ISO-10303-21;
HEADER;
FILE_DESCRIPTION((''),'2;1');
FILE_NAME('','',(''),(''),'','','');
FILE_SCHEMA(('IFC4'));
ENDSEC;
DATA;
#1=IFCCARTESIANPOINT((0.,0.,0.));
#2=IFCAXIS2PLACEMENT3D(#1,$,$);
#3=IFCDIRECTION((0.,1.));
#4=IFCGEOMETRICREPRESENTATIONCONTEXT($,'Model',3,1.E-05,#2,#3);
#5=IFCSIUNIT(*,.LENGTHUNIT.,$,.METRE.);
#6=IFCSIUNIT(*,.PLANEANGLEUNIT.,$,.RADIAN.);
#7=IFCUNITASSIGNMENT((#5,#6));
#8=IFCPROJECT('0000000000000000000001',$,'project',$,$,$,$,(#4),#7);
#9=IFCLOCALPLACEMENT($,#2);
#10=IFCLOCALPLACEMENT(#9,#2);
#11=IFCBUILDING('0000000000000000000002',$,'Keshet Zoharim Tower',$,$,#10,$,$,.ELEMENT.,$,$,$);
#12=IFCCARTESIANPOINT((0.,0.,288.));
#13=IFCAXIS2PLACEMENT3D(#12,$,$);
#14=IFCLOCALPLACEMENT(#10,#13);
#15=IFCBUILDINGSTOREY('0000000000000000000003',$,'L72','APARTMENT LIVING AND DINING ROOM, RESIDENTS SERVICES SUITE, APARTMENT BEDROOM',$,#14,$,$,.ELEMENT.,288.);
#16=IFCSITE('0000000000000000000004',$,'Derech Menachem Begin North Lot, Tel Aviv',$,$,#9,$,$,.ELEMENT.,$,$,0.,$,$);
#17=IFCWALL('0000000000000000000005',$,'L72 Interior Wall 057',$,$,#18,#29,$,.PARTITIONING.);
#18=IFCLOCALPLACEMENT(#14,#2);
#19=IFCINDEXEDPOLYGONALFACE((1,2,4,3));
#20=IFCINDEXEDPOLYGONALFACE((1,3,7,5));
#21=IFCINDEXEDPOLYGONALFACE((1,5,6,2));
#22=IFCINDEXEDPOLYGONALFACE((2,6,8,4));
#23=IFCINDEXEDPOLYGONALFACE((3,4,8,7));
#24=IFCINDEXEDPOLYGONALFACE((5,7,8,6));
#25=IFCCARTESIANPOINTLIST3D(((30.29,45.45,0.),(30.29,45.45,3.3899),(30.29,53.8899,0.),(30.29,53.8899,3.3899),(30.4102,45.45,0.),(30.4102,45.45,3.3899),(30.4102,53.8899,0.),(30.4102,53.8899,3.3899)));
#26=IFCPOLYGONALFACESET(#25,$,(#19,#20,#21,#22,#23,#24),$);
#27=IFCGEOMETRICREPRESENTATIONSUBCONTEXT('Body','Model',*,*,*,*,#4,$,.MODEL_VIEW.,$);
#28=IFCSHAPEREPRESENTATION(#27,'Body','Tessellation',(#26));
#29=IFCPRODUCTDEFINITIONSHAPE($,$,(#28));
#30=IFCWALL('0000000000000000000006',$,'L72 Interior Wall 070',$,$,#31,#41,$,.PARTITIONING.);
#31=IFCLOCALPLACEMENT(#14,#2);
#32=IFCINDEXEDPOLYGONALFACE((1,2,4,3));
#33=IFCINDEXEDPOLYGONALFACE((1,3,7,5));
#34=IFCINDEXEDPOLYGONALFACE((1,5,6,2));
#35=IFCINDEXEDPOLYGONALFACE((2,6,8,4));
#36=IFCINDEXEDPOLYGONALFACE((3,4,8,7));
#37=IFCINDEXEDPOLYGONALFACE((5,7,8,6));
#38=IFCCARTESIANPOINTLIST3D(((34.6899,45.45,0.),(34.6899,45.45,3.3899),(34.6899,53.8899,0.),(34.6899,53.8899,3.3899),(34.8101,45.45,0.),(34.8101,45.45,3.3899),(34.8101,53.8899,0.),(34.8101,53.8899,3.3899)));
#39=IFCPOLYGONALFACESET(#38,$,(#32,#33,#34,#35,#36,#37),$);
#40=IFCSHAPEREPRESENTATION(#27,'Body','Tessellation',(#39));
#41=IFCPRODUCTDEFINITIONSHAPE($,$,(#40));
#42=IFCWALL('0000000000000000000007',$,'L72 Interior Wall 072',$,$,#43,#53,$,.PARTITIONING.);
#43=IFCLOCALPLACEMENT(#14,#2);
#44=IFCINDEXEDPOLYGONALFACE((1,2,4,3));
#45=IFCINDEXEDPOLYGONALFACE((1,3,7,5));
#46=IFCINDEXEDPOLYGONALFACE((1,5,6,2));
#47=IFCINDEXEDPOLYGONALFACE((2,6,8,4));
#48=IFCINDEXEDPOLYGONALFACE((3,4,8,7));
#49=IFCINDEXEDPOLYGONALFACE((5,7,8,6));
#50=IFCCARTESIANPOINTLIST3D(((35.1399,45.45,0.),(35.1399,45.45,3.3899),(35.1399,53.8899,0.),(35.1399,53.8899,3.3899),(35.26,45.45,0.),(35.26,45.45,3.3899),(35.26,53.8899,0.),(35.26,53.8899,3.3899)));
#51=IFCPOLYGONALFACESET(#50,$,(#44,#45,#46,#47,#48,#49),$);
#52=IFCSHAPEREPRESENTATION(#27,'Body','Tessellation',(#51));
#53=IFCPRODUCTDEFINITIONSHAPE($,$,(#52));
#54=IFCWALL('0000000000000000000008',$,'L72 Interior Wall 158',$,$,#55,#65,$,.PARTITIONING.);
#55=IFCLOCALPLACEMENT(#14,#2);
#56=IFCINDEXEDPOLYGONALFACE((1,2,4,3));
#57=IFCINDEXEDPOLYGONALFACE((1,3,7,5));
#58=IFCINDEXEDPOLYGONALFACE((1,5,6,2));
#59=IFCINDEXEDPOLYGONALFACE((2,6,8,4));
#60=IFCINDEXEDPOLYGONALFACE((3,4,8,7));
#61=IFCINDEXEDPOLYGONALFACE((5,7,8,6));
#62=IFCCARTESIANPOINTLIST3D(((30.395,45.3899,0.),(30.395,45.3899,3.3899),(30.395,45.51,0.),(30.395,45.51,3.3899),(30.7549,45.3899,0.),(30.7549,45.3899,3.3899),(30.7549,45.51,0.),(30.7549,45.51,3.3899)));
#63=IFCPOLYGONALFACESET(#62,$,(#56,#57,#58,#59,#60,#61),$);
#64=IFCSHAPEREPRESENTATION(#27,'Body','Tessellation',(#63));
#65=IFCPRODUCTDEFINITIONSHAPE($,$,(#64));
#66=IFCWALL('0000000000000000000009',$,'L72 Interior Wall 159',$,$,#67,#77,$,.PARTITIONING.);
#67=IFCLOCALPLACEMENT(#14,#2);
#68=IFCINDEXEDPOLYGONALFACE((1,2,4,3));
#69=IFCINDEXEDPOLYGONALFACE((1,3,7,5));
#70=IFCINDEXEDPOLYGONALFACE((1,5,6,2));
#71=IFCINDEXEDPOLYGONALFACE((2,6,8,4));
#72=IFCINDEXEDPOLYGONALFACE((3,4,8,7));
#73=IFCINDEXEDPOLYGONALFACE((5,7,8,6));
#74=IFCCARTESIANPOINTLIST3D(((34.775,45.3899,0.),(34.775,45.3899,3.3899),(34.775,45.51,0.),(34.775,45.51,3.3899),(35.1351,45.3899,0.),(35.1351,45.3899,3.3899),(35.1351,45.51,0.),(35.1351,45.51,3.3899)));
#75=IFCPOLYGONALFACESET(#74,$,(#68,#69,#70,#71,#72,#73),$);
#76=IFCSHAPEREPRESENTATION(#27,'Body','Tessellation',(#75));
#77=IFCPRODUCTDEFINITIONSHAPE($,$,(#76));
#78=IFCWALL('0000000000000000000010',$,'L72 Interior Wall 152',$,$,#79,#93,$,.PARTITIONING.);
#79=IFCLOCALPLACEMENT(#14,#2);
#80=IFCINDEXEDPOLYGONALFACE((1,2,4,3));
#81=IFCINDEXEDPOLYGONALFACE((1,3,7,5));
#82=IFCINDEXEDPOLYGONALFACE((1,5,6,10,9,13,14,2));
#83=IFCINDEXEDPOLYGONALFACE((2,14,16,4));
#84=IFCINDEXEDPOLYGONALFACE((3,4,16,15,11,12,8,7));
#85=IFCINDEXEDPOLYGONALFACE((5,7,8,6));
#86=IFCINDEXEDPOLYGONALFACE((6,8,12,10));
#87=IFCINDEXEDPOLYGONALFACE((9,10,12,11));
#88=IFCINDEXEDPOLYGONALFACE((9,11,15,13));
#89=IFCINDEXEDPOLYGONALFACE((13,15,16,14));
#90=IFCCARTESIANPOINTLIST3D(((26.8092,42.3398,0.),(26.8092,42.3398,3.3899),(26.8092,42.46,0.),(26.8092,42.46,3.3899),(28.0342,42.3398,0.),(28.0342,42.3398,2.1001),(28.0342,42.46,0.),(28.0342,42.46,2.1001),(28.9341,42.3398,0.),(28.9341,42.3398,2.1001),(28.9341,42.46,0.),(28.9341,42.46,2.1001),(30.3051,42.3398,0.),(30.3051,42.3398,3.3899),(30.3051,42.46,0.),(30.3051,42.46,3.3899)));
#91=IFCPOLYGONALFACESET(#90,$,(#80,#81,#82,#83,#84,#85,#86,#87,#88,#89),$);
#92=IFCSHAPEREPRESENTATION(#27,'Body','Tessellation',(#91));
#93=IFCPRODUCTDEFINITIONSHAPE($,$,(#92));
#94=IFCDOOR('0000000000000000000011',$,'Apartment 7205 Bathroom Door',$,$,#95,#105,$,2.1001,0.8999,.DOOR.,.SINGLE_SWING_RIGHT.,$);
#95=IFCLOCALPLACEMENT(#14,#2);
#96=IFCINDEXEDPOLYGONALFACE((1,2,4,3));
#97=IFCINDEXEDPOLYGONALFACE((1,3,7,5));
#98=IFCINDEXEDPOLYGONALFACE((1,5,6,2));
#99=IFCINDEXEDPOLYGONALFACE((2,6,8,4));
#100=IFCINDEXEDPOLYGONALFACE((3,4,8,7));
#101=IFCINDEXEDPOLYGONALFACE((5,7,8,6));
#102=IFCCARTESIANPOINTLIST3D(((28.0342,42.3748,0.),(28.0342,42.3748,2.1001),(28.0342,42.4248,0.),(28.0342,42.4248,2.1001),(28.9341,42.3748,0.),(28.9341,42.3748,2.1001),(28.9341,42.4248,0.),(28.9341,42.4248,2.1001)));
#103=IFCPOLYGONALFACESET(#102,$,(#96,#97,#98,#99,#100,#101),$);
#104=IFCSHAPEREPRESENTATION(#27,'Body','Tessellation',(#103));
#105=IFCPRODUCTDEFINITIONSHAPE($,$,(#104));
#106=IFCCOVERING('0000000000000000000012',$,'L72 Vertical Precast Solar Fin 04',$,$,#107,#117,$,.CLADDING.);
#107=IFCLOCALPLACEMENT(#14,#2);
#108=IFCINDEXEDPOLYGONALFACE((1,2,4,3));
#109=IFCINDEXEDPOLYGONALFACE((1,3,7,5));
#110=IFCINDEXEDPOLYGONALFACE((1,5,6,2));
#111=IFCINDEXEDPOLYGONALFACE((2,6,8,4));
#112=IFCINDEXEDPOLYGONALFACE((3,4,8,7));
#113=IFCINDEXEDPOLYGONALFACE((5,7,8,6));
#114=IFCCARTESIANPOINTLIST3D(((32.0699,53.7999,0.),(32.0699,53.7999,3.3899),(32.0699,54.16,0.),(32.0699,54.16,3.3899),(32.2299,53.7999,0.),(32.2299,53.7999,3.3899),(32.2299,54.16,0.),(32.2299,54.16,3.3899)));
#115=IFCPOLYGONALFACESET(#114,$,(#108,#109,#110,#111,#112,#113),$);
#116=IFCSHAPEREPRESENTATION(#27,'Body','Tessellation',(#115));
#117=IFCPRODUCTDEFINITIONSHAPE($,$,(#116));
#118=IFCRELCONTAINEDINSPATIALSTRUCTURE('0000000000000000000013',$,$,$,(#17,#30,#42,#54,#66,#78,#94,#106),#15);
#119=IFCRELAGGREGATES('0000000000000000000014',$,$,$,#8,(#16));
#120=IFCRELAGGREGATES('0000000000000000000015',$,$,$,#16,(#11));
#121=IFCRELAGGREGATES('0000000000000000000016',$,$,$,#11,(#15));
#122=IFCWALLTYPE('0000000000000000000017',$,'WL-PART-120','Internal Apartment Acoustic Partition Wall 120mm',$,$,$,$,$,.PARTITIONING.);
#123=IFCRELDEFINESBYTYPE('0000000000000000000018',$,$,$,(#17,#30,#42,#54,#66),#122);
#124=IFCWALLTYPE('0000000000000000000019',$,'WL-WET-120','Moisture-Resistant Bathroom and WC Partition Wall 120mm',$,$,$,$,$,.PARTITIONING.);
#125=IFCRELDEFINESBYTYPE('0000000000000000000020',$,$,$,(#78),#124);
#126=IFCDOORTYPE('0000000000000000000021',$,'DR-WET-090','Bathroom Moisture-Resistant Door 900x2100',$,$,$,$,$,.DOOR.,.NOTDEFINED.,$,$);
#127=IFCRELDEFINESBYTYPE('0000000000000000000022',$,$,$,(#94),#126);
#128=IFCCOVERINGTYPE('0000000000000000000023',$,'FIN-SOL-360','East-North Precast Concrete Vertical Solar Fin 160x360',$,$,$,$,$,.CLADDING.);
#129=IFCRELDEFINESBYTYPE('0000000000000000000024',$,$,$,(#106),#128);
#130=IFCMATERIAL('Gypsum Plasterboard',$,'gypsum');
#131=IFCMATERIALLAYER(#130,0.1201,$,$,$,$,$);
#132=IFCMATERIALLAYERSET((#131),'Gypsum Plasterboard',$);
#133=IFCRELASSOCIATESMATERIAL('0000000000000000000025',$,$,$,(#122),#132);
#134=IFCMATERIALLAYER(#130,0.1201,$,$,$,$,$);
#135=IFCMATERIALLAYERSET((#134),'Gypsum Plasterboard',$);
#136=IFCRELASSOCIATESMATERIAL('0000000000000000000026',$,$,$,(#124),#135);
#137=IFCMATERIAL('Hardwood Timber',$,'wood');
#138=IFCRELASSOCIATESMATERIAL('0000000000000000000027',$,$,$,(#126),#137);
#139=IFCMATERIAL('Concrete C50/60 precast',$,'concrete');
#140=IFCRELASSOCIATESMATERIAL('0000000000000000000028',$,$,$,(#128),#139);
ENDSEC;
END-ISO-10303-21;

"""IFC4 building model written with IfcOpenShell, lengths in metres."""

from ifc_helpers import new_model, si_unit, direction, frame, frame_2d, origin, origin_2d, place, context, subcontext, project, spatial, rectangle, extrude, material, layer, layer_set, type_object, element, fill, save


model = new_model("IFC4")

# Units and contexts
model_context = context("Model", 3, precision=1e-05, world=origin(), true_north=direction((0.0, 1.0)))
body_context = subcontext(model_context, "Body", "Model", "MODEL_VIEW")
ifc_project = project(units=[si_unit("LENGTHUNIT", "METRE"), si_unit("PLANEANGLEUNIT", "RADIAN")], contexts=[model_context])

# Site, building, storey
site_placement = place(None, origin())
site = spatial("IfcSite", under=ifc_project, at=site_placement, Name="Derech Menachem Begin North Lot, Tel Aviv", CompositionType="ELEMENT", RefElevation=0.0)
building_placement = place(site_placement, origin())
building = spatial("IfcBuilding", under=site, at=building_placement, Name="Keshet Zoharim Tower", CompositionType="ELEMENT")
storey_placement = place(building_placement, frame((0.0, 0.0, 288.0)))
storey = spatial("IfcBuildingStorey", under=building, at=storey_placement, Name="L72", Description="APARTMENT LIVING AND DINING ROOM, RESIDENTS SERVICES SUITE, APARTMENT BEDROOM", CompositionType="ELEMENT", Elevation=288.0)

# Walls
ifc_material_1 = material(Name="Gypsum Plasterboard", Category="gypsum")
ifc_layer_1 = layer(ifc_material_1, 0.1201)
ifc_layer_set_1 = layer_set([ifc_layer_1], Name="Gypsum Plasterboard")
wall_type_1 = type_object("IfcWallType", Name="WL-PART-120", Description="Internal Apartment Acoustic Partition Wall 120mm", PredefinedType="PARTITIONING", material=ifc_layer_set_1)
for number, where, z_axis, x_axis, name in (
    (1, (30.3501, 45.45, 0.0), (0.0, 0.0, 1.0), (0.0, 1.0, 0.0), "L72 Interior Wall 057"),
    (2, (34.75, 45.45, 0.0), (0.0, 0.0, 1.0), (0.0, 1.0, 0.0), "L72 Interior Wall 070"),
    (3, (35.2, 45.45, 0.0), (0.0, 0.0, 1.0), (0.0, 1.0, 0.0), "L72 Interior Wall 072"),
):
    element("IfcWall", number, at=place(storey_placement, frame(where, z_axis=z_axis, x_axis=x_axis)), inside=storey, type_object=wall_type_1, Name=name, PredefinedType="PARTITIONING", context=body_context, shape_type="SweptSolid", body=[
        extrude(rectangle(XDim=8.4399, YDim=0.1201, at=frame_2d((4.22, 0.0))), origin(), (0.0, 0.0, 1.0), 3.3899),
    ])

# Shared definitions
ifc_material_2 = material(Name="Hardwood Timber", Category="wood")

# Walls
wall_1_placement = place(storey_placement, frame((30.395, 45.45, 0.0), z_axis=(0.0, 0.0, 1.0), x_axis=(1.0, 0.0, 0.0)))
element("IfcWall", 4, at=wall_1_placement, inside=storey, type_object=wall_type_1, Name="L72 Interior Wall 158", PredefinedType="PARTITIONING", context=body_context, shape_type="SweptSolid", body=[
    extrude(rectangle(XDim=0.3599, YDim=0.1201, at=frame_2d((0.1799, 0.0))), origin(), (0.0, 0.0, 1.0), 3.3899),
])
wall_2_placement = place(storey_placement, frame((34.7749, 45.45, 0.0), z_axis=(0.0, 0.0, 1.0), x_axis=(1.0, 0.0, 0.0)))
element("IfcWall", 5, at=wall_2_placement, inside=storey, type_object=wall_type_1, Name="L72 Interior Wall 159", PredefinedType="PARTITIONING", context=body_context, shape_type="SweptSolid", body=[
    extrude(rectangle(XDim=0.3601, YDim=0.1201, at=frame_2d((0.1802, 0.0))), origin(), (0.0, 0.0, 1.0), 3.3899),
])

# Wall, opening, door
ifc_layer_2 = layer(ifc_material_1, 0.1201)
ifc_layer_set_2 = layer_set([ifc_layer_2], Name="Gypsum Plasterboard")
wall_type_2 = type_object("IfcWallType", Name="WL-WET-120", Description="Moisture-Resistant Bathroom and WC Partition Wall 120mm", PredefinedType="PARTITIONING", material=ifc_layer_set_2)
wall_3_placement = place(storey_placement, frame((26.8091, 42.3999, 0.0), z_axis=(0.0, 0.0, 1.0), x_axis=(1.0, 0.0, 0.0)))
wall_3 = element("IfcWall", 6, at=wall_3_placement, inside=storey, type_object=wall_type_2, Name="L72 Interior Wall 152", PredefinedType="PARTITIONING", context=body_context, shape_type="SweptSolid", body=[
    extrude(rectangle(XDim=3.4958, YDim=0.1201, at=frame_2d((1.748, 0.0))), origin(), (0.0, 0.0, 1.0), 3.3899),
])
opening_1_placement = place(wall_3_placement, frame((1.2251, 0.0, 0.0)))
opening_1 = element("IfcOpeningElement", 7, at=opening_1_placement, cuts=wall_3, PredefinedType="OPENING", context=body_context, shape_type="SweptSolid", body=[
    extrude(rectangle(XDim=0.8999, YDim=2.1001, at=frame_2d((0.45, 1.05))), frame((0.0, 0.0701, 0.0), z_axis=(0.0, -1.0, 0.0), x_axis=(1.0, 0.0, 0.0)), (0.0, 0.0, 1.0), 0.1401),
])
door_type_1 = type_object("IfcDoorType", Name="DR-WET-090", Description="Bathroom Moisture-Resistant Door 900x2100", OperationType="NOTDEFINED", PredefinedType="DOOR", material=ifc_material_2)
door_1_placement = place(opening_1_placement, origin())
door_1 = element("IfcDoor", 8, at=door_1_placement, inside=storey, type_object=door_type_1, Name="Apartment 7205 Bathroom Door", OperationType="SINGLE_SWING_RIGHT", OverallHeight=2.1001, OverallWidth=0.8999, PredefinedType="DOOR", context=body_context, shape_type="SweptSolid", body=[
    extrude(rectangle(XDim=0.8999, YDim=2.1001, at=frame_2d((0.45, 1.05))), frame((0.0, 0.0249, 0.0), z_axis=(0.0, -1.0, 0.0), x_axis=(1.0, 0.0, 0.0)), (0.0, 0.0, 1.0), 0.05),
])
fill(opening_1, door_1)

# Covering
ifc_material_3 = material(Name="Concrete C50/60 precast", Category="concrete")
covering_type = type_object("IfcCoveringType", Name="FIN-SOL-360", Description="East-North Precast Concrete Vertical Solar Fin 160x360", PredefinedType="CLADDING", material=ifc_material_3)
covering_placement = place(storey_placement, frame((32.1499, 53.98, 0.0), z_axis=(0.0, 0.0, 1.0), x_axis=(1.0, 0.0, 0.0)))
element("IfcCovering", 9, at=covering_placement, inside=storey, type_object=covering_type, Name="L72 Vertical Precast Solar Fin 04", PredefinedType="CLADDING", context=body_context, shape_type="SweptSolid", body=[
    extrude(rectangle(XDim=0.1599, YDim=0.3601, at=origin_2d()), origin(), (0.0, 0.0, 1.0), 3.3899),
])

save(model, "model.ifc")
